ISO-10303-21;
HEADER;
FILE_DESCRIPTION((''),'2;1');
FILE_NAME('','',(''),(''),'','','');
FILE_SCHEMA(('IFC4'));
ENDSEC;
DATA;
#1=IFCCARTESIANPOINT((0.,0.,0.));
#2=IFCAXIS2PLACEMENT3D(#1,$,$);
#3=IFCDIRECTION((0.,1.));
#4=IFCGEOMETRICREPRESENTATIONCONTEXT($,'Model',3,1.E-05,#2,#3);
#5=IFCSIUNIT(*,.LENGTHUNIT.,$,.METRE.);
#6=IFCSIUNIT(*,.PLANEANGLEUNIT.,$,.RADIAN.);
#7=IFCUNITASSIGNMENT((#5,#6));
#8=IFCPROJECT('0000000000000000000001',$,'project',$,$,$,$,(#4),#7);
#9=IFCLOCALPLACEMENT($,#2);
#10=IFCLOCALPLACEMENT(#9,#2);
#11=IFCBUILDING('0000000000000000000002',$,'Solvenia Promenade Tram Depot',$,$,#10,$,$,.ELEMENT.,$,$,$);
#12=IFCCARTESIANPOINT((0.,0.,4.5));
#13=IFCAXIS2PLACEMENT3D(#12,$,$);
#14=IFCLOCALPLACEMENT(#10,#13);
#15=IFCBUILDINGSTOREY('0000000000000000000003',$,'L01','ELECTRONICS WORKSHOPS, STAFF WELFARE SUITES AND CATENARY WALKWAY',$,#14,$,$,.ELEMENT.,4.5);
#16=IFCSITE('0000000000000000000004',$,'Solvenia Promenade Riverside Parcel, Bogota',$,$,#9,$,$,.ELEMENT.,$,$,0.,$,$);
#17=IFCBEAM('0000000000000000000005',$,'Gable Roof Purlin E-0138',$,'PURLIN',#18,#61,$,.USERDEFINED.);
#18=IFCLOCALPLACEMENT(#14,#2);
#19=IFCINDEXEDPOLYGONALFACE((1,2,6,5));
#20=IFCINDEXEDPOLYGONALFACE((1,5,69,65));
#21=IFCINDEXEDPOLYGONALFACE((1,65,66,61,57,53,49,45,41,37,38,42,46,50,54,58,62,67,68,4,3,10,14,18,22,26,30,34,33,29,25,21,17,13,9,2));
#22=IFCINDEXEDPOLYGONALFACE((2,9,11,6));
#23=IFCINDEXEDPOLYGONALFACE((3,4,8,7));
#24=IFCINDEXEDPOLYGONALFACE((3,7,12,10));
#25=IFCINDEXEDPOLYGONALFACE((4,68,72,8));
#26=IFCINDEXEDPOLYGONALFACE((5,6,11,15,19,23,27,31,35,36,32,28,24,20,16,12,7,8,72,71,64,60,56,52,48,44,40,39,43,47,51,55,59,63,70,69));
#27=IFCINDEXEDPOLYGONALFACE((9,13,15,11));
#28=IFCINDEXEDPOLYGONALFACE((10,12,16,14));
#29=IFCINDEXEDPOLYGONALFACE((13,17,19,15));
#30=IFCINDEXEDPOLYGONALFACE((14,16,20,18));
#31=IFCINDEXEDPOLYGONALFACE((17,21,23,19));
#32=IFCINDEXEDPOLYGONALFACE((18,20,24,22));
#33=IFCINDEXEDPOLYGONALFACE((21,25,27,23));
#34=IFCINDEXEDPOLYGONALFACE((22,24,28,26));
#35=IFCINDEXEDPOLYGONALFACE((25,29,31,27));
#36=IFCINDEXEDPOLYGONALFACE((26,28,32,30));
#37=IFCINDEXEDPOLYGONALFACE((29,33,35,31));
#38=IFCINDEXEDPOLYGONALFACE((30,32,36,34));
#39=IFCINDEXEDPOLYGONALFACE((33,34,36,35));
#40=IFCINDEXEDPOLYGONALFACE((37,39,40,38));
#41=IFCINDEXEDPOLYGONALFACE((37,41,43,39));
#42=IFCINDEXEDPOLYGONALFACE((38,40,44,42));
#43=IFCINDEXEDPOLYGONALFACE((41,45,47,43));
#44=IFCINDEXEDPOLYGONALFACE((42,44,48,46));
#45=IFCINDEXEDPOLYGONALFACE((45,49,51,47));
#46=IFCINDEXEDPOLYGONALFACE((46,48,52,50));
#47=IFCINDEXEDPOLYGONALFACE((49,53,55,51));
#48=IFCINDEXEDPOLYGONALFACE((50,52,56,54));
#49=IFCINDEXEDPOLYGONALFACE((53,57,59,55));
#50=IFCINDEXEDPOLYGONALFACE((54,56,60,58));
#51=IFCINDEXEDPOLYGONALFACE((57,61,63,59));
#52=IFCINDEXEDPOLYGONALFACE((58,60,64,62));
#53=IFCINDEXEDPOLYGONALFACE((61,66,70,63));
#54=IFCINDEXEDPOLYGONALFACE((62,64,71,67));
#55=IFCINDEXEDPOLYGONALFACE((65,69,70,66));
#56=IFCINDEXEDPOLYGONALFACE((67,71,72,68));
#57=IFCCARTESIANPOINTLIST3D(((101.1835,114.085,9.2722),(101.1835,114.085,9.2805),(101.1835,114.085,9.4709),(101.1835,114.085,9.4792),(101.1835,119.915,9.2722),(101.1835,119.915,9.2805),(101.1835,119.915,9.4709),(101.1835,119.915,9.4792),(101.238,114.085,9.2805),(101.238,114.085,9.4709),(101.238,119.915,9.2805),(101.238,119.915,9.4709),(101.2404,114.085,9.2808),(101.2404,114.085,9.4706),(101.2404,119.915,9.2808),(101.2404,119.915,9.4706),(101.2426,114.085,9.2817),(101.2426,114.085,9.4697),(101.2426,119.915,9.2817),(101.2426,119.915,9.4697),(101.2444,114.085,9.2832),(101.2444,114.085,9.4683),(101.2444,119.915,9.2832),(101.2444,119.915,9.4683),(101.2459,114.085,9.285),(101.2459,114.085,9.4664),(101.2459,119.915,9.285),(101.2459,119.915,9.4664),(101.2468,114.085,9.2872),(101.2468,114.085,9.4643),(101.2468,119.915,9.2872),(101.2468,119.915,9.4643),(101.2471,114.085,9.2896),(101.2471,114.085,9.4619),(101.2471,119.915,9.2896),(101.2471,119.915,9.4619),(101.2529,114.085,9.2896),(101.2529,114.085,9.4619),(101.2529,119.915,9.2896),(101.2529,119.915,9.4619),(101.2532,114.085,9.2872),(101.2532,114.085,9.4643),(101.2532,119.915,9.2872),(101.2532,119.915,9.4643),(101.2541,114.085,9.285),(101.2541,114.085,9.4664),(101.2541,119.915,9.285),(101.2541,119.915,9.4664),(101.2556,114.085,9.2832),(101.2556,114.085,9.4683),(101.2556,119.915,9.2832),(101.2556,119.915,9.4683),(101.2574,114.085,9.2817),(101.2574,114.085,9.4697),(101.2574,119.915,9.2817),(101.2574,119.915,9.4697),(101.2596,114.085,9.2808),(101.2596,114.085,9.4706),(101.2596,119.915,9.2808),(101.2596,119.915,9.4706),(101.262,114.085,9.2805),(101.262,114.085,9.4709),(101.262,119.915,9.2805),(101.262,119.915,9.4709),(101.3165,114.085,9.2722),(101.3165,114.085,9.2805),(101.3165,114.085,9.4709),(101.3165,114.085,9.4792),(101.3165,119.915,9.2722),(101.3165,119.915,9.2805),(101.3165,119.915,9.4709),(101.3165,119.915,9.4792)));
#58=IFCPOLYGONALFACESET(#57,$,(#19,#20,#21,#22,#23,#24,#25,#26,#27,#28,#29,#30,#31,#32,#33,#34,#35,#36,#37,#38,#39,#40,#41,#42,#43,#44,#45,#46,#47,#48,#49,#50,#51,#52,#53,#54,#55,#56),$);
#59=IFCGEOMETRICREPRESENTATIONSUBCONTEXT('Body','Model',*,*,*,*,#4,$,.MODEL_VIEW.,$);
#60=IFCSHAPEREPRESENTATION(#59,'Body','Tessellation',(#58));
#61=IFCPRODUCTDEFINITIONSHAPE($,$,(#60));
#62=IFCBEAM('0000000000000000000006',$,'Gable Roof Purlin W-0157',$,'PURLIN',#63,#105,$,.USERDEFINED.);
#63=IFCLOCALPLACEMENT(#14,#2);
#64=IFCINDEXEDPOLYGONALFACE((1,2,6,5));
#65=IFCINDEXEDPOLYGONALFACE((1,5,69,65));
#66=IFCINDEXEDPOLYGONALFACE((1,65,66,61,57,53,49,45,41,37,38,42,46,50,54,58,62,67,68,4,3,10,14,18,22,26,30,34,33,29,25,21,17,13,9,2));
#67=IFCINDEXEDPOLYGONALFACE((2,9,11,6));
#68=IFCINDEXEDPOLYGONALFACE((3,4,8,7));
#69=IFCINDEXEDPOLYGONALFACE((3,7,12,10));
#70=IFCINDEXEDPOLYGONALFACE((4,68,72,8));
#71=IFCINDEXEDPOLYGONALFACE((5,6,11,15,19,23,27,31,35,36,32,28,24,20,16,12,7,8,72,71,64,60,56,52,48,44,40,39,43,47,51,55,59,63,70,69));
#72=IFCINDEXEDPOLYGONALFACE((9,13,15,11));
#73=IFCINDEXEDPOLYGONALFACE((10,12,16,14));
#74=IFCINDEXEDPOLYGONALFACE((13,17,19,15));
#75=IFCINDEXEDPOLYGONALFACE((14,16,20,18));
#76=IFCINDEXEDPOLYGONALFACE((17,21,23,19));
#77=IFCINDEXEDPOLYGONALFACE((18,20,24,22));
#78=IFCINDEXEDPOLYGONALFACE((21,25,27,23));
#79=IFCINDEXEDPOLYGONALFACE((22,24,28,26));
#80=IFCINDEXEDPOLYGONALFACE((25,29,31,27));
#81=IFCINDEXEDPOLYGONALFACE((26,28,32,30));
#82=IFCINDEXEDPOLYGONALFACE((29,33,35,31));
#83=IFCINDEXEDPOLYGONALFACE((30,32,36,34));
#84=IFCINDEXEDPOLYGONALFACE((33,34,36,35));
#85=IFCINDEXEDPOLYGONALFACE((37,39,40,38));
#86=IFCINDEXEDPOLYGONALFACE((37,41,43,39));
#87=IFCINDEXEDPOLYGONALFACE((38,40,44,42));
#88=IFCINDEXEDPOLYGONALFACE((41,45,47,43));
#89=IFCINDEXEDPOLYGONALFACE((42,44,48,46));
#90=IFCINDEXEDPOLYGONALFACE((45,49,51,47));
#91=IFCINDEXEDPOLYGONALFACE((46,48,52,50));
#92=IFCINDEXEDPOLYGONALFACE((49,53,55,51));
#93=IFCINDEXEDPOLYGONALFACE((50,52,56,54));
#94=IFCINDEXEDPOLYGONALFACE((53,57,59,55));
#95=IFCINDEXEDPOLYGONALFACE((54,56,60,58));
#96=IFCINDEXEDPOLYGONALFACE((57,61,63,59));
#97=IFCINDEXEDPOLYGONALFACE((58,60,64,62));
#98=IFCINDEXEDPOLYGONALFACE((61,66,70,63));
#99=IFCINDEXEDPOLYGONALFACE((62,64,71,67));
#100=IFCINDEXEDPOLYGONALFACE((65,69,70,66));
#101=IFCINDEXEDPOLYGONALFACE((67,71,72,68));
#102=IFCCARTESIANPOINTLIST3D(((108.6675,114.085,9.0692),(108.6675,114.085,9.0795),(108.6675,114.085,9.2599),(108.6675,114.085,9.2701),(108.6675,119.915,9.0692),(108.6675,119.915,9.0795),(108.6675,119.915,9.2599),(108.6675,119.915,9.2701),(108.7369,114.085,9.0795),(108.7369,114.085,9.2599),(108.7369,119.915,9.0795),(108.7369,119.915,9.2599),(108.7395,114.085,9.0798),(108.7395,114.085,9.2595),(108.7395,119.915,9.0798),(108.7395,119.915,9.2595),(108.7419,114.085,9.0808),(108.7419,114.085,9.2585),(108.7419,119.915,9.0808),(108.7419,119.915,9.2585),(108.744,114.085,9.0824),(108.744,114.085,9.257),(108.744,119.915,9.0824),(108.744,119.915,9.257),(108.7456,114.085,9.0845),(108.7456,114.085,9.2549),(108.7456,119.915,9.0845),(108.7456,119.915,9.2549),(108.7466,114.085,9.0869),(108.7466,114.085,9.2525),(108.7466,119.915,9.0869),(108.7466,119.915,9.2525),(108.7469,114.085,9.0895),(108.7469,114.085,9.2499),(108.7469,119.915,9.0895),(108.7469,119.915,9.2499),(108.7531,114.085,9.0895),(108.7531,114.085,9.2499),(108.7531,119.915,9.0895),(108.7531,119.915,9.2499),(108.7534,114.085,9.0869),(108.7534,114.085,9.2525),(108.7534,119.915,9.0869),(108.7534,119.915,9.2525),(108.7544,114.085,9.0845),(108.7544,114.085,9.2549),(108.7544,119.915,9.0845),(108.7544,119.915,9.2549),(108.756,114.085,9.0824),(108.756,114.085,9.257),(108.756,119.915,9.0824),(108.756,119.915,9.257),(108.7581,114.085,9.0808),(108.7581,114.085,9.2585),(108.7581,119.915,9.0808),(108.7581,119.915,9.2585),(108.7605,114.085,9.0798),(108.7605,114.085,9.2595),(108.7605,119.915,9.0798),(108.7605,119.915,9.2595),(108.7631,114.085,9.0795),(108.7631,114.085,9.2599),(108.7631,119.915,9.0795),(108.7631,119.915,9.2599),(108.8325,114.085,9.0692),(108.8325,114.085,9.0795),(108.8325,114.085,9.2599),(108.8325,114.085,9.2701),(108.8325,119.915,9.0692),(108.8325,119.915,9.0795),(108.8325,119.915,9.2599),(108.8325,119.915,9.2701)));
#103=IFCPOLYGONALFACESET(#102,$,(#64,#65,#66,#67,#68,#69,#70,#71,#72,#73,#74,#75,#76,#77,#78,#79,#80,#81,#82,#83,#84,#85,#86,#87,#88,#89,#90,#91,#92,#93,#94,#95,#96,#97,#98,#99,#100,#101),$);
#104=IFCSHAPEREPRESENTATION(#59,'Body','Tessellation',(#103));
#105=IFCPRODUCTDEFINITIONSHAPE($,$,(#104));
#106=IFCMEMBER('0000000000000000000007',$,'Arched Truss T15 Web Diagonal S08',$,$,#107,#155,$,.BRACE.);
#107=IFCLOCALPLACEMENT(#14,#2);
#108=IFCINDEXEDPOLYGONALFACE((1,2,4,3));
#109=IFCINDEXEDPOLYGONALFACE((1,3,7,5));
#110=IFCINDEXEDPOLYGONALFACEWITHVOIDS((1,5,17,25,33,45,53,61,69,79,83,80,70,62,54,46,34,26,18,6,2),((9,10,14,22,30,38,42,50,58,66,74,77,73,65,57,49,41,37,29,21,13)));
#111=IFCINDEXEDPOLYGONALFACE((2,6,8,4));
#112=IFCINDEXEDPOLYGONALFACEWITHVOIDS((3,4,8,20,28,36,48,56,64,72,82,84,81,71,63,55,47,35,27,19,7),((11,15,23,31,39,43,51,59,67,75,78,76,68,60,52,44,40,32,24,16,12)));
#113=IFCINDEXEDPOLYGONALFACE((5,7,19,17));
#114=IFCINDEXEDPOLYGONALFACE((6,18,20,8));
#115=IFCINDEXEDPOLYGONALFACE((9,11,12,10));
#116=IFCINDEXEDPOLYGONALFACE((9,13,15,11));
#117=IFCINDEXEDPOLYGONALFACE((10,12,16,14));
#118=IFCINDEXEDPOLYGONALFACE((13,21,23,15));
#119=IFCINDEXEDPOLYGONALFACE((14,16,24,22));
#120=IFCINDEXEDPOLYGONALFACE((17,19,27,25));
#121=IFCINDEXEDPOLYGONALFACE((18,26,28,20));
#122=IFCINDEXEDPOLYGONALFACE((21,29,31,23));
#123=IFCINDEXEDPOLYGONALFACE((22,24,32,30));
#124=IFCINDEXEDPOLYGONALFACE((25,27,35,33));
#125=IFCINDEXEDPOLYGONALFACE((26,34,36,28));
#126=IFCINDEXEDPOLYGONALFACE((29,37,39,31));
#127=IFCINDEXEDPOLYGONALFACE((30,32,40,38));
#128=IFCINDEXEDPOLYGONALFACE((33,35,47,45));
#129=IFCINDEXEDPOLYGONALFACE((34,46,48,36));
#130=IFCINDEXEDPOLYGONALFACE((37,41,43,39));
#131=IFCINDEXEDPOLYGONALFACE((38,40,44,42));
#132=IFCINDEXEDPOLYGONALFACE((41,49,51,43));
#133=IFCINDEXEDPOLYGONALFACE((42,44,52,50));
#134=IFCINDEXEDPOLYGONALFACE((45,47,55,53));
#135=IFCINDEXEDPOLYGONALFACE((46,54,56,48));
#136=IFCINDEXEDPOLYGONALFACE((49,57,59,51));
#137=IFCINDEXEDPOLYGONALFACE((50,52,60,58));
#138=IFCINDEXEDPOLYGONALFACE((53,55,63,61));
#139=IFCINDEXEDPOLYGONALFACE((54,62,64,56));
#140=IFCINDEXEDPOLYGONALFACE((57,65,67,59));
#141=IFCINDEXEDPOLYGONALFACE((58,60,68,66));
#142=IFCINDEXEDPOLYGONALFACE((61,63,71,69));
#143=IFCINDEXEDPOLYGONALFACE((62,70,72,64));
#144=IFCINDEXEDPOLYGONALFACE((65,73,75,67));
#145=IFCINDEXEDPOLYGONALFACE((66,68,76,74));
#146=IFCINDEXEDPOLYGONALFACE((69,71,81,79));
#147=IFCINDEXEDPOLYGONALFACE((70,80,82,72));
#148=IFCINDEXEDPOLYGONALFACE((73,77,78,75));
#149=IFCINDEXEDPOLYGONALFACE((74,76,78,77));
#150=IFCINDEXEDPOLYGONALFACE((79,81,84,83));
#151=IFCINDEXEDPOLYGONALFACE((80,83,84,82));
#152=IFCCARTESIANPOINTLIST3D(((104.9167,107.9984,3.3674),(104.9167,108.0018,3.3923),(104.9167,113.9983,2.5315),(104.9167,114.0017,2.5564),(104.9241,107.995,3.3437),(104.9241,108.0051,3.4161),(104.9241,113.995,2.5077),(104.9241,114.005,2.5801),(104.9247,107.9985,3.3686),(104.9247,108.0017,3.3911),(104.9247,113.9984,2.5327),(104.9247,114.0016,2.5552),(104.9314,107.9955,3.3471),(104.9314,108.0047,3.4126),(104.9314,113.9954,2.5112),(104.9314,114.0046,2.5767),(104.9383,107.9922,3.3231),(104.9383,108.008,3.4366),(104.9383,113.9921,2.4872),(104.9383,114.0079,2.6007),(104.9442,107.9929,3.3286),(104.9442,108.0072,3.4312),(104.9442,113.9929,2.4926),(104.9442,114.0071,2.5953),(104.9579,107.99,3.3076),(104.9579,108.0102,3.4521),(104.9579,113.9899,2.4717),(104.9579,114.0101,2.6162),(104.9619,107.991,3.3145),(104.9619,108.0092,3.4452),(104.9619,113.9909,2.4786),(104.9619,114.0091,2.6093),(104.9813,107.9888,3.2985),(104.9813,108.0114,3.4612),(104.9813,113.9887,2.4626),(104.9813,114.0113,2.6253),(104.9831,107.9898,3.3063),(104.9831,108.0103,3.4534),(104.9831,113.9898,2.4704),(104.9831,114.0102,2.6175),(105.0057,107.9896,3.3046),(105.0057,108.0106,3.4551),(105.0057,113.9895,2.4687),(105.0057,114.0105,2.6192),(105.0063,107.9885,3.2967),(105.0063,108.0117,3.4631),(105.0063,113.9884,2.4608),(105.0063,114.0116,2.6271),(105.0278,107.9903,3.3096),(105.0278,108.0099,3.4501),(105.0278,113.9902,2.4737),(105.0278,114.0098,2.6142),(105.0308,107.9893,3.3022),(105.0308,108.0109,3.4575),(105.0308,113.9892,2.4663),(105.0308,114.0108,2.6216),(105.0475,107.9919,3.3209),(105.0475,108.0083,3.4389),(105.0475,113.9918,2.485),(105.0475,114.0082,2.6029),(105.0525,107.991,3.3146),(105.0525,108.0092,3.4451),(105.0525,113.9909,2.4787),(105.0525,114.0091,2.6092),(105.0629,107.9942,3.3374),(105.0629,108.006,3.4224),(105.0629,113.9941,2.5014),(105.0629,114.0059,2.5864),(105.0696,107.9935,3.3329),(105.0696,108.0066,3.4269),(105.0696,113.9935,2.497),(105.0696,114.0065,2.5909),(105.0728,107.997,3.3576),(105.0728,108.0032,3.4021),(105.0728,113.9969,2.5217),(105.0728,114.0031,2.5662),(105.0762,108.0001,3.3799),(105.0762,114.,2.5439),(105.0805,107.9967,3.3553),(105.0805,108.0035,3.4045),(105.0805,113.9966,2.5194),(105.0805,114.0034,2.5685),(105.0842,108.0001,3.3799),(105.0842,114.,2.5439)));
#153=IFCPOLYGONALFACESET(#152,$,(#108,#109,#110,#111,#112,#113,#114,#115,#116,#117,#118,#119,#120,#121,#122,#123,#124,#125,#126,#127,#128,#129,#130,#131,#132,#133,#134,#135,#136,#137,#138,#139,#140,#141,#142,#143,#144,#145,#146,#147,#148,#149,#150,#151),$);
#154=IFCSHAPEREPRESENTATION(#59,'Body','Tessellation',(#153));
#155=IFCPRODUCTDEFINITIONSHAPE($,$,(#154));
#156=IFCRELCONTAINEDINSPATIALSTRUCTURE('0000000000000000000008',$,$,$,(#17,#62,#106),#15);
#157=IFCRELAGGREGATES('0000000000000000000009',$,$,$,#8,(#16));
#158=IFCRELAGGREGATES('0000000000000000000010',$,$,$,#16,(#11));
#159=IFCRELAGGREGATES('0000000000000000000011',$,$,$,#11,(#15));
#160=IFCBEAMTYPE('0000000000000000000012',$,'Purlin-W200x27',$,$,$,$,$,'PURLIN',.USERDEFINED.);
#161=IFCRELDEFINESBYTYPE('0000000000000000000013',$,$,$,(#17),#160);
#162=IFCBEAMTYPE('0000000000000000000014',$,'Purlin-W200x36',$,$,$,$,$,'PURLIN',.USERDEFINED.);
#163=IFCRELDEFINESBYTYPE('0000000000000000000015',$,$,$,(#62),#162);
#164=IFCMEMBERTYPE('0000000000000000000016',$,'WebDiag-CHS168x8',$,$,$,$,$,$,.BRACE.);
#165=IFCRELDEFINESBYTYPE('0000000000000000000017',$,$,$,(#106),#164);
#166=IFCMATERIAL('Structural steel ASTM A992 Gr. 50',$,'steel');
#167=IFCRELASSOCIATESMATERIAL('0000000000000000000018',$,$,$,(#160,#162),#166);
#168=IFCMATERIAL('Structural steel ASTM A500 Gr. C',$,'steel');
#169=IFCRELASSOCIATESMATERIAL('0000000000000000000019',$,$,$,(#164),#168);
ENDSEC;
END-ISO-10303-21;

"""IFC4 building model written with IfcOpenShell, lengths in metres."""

from ifc_helpers import new_model, si_unit, direction, frame, origin, origin_2d, place, context, subcontext, project, spatial, hollow_circle, i_section, extrude, material, material_profile, profile_set, type_object, element, save


model = new_model("IFC4")

# Units and contexts
model_context = context("Model", 3, precision=1e-05, world=origin(), true_north=direction((0.0, 1.0)))
body_context = subcontext(model_context, "Body", "Model", "MODEL_VIEW")
ifc_project = project(units=[si_unit("LENGTHUNIT", "METRE"), si_unit("PLANEANGLEUNIT", "RADIAN")], contexts=[model_context])

# Site, building, storey
site_placement = place(None, origin())
site = spatial("IfcSite", under=ifc_project, at=site_placement, Name="Solvenia Promenade Riverside Parcel, Bogota", CompositionType="ELEMENT", RefElevation=0.0)
building_placement = place(site_placement, origin())
building = spatial("IfcBuilding", under=site, at=building_placement, Name="Solvenia Promenade Tram Depot", CompositionType="ELEMENT")
storey_placement = place(building_placement, frame((0.0, 0.0, 4.5)))
storey = spatial("IfcBuildingStorey", under=building, at=storey_placement, Name="L01", Description="ELECTRONICS WORKSHOPS, STAFF WELFARE SUITES AND CATENARY WALKWAY", CompositionType="ELEMENT", Elevation=4.5)

# Shared definitions
ifc_material_1 = material(Name="Structural steel ASTM A500 Gr. C", Category="steel")

# Beams
ifc_material_2 = material(Name="Structural steel ASTM A992 Gr. 50", Category="steel")
ifc_material_profile_1 = material_profile(ifc_material_2, i_section(OverallWidth=0.1331, OverallDepth=0.207, WebThickness=0.0059, FlangeThickness=0.0083, FilletRadius=0.009, at=origin_2d()), Name="W200x27", Category="steel")
ifc_profile_set_1 = profile_set([ifc_material_profile_1], Name="Structural steel ASTM A992 Gr. 50")
beam_type_1 = type_object("IfcBeamType", Name="Purlin-W200x27", ElementType="PURLIN", PredefinedType="USERDEFINED", material=ifc_profile_set_1)
beam_1_placement = place(storey_placement, frame((101.25, 114.085, 9.3757), z_axis=(0.0, 1.0, 0.0), x_axis=(-1.0, 0.0, 0.0)))
element("IfcBeam", 1, at=beam_1_placement, inside=storey, type_object=beam_type_1, Name="Gable Roof Purlin E-0138", ObjectType="PURLIN", PredefinedType="USERDEFINED", context=body_context, shape_type="SweptSolid", body=[
    extrude(i_section(OverallWidth=0.1331, OverallDepth=0.207, WebThickness=0.0059, FlangeThickness=0.0083, FilletRadius=0.009, at=origin_2d()), origin(), (0.0, 0.0, 1.0), 5.8301),
])
ifc_material_profile_2 = material_profile(ifc_material_2, i_section(OverallWidth=0.165, OverallDepth=0.2009, WebThickness=0.0061, FlangeThickness=0.0103, FilletRadius=0.01, at=origin_2d()), Name="W200x36", Category="steel")
ifc_profile_set_2 = profile_set([ifc_material_profile_2], Name="Structural steel ASTM A992 Gr. 50")
beam_type_2 = type_object("IfcBeamType", Name="Purlin-W200x36", ElementType="PURLIN", PredefinedType="USERDEFINED", material=ifc_profile_set_2)
beam_2_placement = place(storey_placement, frame((108.75, 114.085, 9.1697), z_axis=(0.0, 1.0, 0.0), x_axis=(-1.0, 0.0, 0.0)))
element("IfcBeam", 2, at=beam_2_placement, inside=storey, type_object=beam_type_2, Name="Gable Roof Purlin W-0157", ObjectType="PURLIN", PredefinedType="USERDEFINED", context=body_context, shape_type="SweptSolid", body=[
    extrude(i_section(OverallWidth=0.165, OverallDepth=0.2009, WebThickness=0.0061, FlangeThickness=0.0103, FilletRadius=0.01, at=origin_2d()), origin(), (0.0, 0.0, 1.0), 5.8301),
])

# Member
ifc_material_profile_3 = material_profile(ifc_material_1, hollow_circle(Radius=0.0842, WallThickness=0.0081, at=origin_2d()), Name="CHS168.3x8", Category="steel")
ifc_profile_set_3 = profile_set([ifc_material_profile_3], Name="Structural steel ASTM A500 Gr. C")
member_type_1 = type_object("IfcMemberType", Name="WebDiag-CHS168x8", PredefinedType="BRACE", material=ifc_profile_set_3)
member_1_placement = place(storey_placement, frame((105.0, 114.0, 2.5439), z_axis=(0.0, -0.990434, 0.13799), x_axis=(1.0, 0.0, 0.0)))
element("IfcMember", 3, at=member_1_placement, inside=storey, type_object=member_type_1, Name="Arched Truss T15 Web Diagonal S08", PredefinedType="BRACE", context=body_context, shape_type="SweptSolid", body=[
    extrude(hollow_circle(Radius=0.0842, WallThickness=0.0081, at=origin_2d()), origin(), (0.0, 0.0, 1.0), 6.0579),
])

save(model, "model.ifc")
